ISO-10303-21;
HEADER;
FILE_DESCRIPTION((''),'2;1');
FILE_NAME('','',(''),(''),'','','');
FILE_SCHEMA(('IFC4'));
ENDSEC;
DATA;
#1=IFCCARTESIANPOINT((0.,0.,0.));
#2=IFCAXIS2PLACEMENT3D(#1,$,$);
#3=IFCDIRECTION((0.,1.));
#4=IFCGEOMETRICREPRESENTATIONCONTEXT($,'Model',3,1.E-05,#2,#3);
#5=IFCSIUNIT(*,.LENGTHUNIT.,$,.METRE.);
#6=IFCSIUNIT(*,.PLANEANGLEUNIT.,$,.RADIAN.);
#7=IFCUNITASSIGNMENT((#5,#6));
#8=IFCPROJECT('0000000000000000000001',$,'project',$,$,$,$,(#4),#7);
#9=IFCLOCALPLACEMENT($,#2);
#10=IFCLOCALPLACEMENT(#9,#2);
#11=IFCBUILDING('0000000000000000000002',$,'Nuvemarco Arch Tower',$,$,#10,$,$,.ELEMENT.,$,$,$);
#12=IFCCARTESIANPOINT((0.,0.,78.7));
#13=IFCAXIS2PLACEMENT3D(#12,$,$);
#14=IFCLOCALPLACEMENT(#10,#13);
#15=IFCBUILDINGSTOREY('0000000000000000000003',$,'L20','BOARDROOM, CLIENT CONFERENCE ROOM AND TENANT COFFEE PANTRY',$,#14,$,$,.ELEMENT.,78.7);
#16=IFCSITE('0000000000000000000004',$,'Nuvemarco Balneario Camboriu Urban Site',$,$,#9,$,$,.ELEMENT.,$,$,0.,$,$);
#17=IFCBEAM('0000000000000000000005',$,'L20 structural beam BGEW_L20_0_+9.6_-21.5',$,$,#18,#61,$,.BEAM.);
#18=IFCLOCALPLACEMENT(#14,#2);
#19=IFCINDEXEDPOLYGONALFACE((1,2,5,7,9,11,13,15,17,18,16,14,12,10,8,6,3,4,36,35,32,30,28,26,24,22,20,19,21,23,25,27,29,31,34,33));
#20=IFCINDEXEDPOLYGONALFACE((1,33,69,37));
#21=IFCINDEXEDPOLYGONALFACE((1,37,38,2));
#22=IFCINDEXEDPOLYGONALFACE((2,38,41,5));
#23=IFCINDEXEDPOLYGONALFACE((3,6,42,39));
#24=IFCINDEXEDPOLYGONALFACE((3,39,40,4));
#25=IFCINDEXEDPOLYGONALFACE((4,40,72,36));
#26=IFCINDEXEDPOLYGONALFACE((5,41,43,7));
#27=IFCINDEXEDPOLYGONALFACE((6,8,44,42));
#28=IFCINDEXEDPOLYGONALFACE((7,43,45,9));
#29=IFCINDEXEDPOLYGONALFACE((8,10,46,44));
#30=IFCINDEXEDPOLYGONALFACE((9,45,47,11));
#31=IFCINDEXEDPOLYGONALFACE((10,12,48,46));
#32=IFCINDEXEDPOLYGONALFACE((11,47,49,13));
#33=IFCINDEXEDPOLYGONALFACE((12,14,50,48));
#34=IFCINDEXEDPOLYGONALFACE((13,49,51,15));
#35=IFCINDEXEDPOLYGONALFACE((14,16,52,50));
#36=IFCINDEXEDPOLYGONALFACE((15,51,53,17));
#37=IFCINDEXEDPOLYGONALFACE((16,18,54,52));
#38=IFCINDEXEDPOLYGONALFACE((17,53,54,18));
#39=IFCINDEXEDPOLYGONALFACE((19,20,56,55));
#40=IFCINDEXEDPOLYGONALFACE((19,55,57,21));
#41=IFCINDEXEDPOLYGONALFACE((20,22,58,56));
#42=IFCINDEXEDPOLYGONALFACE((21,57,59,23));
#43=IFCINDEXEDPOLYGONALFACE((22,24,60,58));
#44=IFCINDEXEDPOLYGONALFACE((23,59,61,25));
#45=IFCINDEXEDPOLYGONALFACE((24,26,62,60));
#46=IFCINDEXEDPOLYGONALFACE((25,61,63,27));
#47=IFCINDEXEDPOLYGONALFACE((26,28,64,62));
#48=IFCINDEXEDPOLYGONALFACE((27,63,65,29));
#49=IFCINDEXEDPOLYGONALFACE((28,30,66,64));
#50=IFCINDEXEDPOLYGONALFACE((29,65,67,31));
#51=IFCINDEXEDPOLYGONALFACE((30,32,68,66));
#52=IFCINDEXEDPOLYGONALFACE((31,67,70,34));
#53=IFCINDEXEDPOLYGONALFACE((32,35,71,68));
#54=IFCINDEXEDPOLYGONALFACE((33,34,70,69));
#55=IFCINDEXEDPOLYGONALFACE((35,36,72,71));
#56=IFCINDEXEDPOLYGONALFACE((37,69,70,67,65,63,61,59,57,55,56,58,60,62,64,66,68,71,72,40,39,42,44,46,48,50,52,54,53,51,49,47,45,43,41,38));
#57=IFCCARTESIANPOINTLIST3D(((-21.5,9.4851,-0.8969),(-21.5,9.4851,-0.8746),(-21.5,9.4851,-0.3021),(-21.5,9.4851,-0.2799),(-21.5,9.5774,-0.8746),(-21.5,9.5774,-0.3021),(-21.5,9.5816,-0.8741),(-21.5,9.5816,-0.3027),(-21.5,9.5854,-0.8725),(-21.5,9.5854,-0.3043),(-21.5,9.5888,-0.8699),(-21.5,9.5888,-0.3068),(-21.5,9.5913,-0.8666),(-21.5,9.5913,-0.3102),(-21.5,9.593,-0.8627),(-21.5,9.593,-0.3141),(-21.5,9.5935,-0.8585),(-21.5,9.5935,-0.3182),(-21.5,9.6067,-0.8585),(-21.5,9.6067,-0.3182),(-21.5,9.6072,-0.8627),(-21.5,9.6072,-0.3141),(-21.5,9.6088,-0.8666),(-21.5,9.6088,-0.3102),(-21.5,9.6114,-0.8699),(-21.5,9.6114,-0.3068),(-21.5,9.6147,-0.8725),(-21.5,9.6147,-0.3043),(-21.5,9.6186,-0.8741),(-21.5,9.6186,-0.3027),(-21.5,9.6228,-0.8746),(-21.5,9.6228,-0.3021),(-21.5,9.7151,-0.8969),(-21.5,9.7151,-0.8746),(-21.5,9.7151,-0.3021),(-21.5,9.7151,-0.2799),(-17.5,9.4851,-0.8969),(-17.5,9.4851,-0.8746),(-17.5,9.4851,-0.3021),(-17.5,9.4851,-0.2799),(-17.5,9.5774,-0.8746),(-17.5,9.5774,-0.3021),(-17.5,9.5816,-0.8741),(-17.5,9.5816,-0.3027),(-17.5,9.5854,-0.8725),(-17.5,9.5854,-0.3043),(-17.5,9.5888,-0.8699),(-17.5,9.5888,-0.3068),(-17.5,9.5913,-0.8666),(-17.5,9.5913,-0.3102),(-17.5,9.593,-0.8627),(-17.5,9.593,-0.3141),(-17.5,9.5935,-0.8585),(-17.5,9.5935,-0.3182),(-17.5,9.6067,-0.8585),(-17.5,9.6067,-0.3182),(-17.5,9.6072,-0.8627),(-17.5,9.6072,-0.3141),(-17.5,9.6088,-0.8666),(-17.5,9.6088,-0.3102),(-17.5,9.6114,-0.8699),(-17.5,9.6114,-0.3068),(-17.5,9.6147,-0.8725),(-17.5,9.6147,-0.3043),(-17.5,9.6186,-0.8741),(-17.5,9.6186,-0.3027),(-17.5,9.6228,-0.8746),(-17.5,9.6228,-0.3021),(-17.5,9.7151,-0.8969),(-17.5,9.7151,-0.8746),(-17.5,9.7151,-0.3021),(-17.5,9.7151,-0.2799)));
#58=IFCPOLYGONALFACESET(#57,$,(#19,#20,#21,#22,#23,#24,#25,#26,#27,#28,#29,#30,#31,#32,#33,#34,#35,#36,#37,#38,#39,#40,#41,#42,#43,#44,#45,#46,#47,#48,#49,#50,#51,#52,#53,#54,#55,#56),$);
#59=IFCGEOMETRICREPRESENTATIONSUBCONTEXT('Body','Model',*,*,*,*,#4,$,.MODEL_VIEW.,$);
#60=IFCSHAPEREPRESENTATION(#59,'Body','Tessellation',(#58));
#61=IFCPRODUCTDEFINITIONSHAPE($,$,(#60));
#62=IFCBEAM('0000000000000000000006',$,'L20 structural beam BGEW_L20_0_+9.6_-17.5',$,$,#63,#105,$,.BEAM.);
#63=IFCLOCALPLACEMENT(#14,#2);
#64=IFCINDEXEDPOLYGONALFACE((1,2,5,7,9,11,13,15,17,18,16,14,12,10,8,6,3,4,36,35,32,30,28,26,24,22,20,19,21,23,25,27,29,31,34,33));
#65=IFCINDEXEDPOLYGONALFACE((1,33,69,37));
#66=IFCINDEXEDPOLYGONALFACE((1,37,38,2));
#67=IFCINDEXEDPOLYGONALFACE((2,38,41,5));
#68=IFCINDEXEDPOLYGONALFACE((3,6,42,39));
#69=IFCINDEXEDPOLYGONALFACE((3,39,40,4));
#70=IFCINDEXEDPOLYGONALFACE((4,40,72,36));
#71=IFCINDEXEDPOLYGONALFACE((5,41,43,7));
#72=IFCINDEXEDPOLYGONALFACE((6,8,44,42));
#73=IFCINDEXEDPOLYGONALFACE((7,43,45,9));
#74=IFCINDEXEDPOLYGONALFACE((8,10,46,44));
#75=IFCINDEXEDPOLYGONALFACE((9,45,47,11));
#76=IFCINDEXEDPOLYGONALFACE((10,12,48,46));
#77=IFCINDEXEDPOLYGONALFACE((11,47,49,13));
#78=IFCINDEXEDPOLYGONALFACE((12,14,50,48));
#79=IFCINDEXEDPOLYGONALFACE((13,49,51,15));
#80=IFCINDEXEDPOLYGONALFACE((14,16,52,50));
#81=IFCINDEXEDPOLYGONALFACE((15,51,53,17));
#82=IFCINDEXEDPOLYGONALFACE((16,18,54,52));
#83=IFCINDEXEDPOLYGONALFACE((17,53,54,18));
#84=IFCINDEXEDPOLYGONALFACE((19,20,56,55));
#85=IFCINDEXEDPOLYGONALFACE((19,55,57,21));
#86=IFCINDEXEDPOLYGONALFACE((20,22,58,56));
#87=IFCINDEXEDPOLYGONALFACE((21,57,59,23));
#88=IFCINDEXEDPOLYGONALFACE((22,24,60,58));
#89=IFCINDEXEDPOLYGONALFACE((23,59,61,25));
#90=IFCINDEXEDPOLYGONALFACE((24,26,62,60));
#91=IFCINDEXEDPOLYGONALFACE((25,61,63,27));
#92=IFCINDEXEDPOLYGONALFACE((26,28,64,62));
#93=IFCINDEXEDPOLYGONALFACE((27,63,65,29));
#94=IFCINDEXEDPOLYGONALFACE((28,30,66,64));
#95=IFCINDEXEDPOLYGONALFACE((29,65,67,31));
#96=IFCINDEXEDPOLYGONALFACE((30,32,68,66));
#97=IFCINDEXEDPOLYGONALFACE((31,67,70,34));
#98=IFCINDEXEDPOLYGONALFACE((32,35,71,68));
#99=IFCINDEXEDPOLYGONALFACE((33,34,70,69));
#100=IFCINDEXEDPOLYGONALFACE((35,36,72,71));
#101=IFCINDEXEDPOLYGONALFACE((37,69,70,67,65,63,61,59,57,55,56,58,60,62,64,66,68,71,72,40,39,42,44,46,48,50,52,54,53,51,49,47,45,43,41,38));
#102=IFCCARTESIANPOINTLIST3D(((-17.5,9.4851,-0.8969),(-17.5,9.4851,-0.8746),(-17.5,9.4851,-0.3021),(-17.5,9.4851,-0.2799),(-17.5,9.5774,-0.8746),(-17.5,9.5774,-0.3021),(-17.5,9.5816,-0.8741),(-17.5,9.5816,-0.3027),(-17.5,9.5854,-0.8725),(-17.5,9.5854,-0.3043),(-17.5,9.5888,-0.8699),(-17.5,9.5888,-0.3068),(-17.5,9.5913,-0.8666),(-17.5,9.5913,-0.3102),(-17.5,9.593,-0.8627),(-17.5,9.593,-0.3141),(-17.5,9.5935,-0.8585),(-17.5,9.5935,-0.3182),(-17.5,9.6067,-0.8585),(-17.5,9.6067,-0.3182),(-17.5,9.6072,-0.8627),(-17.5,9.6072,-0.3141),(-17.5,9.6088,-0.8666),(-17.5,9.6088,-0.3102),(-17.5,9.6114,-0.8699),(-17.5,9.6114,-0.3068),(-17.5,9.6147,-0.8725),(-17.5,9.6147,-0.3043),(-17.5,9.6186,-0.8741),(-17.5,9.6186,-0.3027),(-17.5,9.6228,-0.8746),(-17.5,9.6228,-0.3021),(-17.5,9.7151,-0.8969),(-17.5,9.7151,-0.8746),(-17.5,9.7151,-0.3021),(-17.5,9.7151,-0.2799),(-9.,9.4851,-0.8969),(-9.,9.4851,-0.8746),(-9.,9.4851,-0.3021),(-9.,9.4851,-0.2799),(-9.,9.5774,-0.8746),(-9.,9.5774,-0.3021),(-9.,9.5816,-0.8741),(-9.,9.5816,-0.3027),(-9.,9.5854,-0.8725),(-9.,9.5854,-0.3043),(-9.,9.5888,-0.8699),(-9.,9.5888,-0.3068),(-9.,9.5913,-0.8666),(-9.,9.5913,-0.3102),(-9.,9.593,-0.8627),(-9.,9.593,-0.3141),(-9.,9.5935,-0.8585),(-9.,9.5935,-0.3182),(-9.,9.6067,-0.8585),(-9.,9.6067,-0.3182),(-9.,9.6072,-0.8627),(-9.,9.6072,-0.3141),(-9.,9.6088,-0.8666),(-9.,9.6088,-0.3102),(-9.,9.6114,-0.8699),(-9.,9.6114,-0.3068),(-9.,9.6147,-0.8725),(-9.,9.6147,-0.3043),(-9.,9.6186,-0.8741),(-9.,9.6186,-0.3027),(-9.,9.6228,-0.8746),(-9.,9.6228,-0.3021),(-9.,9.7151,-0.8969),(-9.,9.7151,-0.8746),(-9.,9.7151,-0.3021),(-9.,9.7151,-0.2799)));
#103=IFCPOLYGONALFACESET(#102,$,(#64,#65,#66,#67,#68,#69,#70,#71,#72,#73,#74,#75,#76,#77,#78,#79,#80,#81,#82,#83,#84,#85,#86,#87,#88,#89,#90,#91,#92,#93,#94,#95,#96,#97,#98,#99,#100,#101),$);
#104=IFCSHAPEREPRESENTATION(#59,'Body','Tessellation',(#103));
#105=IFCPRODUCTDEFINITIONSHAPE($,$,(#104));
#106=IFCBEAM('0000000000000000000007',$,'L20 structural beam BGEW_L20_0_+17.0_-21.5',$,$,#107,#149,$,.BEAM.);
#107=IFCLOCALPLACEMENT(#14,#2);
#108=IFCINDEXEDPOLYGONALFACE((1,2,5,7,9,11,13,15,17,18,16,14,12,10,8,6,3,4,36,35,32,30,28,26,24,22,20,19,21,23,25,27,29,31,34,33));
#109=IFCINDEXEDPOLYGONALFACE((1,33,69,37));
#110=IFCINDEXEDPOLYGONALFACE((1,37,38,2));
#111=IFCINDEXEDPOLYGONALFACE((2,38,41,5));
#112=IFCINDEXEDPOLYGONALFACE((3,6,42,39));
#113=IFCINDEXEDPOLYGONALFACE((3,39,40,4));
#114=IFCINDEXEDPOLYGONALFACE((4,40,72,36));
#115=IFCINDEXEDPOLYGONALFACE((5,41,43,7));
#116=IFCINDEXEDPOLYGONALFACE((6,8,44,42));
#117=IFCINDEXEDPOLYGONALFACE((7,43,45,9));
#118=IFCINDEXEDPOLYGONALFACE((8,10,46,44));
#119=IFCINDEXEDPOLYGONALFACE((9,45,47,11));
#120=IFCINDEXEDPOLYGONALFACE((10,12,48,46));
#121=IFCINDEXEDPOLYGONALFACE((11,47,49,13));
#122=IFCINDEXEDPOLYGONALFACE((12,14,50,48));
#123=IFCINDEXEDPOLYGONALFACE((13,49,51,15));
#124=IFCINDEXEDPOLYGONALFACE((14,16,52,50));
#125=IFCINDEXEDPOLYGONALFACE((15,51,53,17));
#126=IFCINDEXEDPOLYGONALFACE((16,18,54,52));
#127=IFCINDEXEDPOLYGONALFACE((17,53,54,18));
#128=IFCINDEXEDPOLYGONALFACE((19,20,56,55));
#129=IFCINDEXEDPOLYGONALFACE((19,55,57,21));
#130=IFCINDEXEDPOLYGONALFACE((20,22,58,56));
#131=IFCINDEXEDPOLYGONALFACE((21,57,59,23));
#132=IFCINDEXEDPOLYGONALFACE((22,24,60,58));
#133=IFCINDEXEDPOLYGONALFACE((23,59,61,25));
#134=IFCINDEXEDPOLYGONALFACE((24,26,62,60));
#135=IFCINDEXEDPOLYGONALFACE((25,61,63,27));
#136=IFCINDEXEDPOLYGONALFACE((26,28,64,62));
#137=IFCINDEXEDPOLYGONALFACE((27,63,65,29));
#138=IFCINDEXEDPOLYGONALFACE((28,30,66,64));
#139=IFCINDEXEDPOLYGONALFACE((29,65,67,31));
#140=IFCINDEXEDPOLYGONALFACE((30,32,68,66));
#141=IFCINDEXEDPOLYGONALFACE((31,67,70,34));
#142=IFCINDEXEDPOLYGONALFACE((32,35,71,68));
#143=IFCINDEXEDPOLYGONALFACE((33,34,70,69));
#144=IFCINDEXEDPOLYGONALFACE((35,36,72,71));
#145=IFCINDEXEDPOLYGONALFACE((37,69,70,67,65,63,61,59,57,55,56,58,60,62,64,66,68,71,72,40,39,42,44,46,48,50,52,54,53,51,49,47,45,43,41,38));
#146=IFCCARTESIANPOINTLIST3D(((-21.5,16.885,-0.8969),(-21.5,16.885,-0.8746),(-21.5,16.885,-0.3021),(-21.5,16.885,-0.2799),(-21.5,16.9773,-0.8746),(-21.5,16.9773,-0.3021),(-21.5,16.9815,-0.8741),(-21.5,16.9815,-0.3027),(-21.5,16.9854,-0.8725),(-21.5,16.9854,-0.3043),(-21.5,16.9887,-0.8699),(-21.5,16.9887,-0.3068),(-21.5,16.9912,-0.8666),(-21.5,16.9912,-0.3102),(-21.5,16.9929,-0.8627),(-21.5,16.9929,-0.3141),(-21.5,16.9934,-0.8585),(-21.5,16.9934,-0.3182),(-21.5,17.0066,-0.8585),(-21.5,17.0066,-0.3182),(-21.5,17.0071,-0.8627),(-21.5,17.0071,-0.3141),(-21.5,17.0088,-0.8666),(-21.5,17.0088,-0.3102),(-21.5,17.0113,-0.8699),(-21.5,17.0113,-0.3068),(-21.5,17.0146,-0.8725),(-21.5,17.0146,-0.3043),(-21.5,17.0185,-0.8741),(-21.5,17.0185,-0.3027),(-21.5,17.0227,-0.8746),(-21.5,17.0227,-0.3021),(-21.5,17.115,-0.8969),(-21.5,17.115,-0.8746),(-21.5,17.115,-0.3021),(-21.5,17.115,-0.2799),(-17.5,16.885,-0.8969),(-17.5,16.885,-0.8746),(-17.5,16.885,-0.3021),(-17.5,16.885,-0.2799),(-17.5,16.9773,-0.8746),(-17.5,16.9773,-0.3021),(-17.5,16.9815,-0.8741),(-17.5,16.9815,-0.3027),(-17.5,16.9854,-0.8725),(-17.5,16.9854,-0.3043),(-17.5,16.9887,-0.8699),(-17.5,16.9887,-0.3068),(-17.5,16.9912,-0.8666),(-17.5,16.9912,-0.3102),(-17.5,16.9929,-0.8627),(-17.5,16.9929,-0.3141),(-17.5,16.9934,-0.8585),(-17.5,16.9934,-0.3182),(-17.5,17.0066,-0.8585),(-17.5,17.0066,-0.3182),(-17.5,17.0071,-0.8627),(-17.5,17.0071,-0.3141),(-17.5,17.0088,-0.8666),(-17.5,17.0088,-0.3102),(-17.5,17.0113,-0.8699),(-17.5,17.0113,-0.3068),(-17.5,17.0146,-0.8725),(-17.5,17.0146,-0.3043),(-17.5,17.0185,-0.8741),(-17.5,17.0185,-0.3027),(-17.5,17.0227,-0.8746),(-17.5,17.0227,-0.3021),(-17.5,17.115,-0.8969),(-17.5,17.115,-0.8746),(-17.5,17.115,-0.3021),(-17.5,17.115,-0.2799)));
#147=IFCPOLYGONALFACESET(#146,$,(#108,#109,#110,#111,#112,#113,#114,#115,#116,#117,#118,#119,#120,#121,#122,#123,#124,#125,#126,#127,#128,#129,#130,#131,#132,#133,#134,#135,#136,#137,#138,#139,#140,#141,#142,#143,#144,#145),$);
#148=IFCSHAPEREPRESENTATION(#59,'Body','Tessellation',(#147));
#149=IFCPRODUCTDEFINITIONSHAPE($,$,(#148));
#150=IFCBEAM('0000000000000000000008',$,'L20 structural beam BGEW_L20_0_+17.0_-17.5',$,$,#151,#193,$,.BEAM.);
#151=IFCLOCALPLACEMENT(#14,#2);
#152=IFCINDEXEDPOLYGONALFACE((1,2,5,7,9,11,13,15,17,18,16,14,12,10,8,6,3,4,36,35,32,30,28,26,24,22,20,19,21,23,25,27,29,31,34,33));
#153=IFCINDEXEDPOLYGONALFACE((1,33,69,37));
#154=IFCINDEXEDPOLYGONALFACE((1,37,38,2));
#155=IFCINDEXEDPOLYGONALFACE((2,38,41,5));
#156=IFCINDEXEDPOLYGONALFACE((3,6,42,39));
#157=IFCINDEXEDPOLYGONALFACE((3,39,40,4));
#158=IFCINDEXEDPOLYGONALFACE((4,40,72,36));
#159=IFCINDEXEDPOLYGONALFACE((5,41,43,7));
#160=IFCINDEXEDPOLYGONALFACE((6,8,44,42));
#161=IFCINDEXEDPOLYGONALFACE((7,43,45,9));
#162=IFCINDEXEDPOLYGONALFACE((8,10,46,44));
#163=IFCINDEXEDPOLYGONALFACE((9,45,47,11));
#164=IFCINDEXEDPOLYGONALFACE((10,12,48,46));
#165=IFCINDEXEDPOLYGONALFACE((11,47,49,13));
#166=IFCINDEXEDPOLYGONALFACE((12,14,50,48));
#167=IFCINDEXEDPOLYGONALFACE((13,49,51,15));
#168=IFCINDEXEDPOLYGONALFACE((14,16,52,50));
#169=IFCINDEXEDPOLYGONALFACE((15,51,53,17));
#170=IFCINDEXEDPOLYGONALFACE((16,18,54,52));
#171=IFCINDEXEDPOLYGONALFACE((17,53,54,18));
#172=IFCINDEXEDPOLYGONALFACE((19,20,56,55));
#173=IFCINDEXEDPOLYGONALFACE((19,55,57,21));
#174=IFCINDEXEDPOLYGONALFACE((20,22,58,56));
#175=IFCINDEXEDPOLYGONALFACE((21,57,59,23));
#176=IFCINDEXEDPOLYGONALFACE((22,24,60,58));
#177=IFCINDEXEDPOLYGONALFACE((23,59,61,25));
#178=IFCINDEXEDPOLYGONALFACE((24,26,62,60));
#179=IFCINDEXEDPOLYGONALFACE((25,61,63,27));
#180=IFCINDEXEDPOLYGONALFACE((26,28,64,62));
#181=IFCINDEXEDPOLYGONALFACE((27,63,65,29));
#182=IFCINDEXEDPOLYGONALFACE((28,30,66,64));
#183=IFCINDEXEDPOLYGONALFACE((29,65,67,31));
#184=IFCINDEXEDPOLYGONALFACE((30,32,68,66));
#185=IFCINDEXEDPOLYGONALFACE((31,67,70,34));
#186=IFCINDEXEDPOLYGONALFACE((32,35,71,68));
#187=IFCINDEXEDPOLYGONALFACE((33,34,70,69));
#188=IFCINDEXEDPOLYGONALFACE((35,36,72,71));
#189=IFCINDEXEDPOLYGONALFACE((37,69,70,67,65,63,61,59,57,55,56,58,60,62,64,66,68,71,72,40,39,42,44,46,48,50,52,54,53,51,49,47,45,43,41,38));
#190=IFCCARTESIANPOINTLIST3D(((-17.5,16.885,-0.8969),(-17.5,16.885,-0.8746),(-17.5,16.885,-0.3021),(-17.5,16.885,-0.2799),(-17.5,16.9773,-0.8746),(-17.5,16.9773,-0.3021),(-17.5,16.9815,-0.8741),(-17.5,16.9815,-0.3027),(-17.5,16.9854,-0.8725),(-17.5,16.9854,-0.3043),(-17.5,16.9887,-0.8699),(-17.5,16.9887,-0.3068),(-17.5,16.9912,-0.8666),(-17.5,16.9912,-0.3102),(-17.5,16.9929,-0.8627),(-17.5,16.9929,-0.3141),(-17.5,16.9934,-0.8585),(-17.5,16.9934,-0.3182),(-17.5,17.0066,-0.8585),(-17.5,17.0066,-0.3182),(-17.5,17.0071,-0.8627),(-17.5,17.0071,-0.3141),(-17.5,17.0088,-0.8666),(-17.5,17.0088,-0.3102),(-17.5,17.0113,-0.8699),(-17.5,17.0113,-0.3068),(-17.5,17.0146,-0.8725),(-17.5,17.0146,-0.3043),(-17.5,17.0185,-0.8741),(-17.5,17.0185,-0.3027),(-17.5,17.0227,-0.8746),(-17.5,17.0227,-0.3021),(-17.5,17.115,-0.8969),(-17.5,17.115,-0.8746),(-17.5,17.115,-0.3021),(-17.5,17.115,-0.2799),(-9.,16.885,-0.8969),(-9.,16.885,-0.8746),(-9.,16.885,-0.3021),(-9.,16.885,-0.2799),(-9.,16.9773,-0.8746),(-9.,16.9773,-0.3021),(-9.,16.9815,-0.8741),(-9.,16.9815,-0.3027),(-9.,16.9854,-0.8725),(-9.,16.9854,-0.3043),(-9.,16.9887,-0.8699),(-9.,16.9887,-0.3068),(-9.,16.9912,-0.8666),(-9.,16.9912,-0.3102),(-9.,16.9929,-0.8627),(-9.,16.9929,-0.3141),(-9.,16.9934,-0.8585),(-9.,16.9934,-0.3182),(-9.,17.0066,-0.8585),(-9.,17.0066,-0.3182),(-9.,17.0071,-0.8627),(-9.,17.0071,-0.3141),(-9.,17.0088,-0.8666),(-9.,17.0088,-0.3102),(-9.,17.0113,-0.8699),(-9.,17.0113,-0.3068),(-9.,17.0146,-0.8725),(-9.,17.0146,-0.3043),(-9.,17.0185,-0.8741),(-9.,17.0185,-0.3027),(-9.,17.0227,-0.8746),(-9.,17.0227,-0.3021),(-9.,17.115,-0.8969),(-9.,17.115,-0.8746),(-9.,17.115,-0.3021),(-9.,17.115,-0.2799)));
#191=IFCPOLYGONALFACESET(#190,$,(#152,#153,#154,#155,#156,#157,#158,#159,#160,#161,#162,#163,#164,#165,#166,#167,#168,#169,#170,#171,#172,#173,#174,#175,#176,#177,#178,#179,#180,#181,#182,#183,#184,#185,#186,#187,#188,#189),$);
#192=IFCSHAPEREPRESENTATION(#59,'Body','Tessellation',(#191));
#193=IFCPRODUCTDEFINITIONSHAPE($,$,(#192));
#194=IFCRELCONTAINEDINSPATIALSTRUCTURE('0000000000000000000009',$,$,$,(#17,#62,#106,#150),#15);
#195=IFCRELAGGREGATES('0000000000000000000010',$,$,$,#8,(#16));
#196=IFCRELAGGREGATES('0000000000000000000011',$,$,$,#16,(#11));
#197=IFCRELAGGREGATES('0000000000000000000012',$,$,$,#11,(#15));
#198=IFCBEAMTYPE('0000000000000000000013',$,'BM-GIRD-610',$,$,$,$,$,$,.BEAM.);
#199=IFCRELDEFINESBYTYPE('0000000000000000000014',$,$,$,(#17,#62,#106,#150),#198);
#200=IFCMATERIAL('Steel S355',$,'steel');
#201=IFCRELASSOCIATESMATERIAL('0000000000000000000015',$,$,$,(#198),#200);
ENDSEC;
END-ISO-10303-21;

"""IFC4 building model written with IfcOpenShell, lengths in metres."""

from ifc_helpers import new_model, si_unit, direction, frame, origin, origin_2d, place, context, subcontext, project, spatial, i_section, extrude, material, material_profile, profile_set, type_object, element, save


model = new_model("IFC4")

# Units and contexts
model_context = context("Model", 3, precision=1e-05, world=origin(), true_north=direction((0.0, 1.0)))
body_context = subcontext(model_context, "Body", "Model", "MODEL_VIEW")
ifc_project = project(units=[si_unit("LENGTHUNIT", "METRE"), si_unit("PLANEANGLEUNIT", "RADIAN")], contexts=[model_context])

# Site, building, storey
site_placement = place(None, origin())
site = spatial("IfcSite", under=ifc_project, at=site_placement, Name="Nuvemarco Balneario Camboriu Urban Site", CompositionType="ELEMENT", RefElevation=0.0)
building_placement = place(site_placement, origin())
building = spatial("IfcBuilding", under=site, at=building_placement, Name="Nuvemarco Arch Tower", CompositionType="ELEMENT")
storey_placement = place(building_placement, frame((0.0, 0.0, 78.7)))
storey = spatial("IfcBuildingStorey", under=building, at=storey_placement, Name="L20", Description="BOARDROOM, CLIENT CONFERENCE ROOM AND TENANT COFFEE PANTRY", CompositionType="ELEMENT", Elevation=78.7)

# Shared definitions
ifc_material_1 = material(Name="Steel S355", Category="steel")

# Beams
ifc_material_profile_1 = material_profile(ifc_material_1, i_section(OverallWidth=0.23, OverallDepth=0.6169, WebThickness=0.0132, FlangeThickness=0.0222, FilletRadius=0.0161, at=origin_2d()), Name="W610x140")
ifc_profile_set_1 = profile_set([ifc_material_profile_1], Name="Steel S355")
beam_type_1 = type_object("IfcBeamType", Name="BM-GIRD-610", PredefinedType="BEAM", material=ifc_profile_set_1)
beam_1_placement = place(storey_placement, frame((-21.5, 9.6001, -0.5884), z_axis=(1.0, 0.0, 0.0), x_axis=(0.0, 1.0, 0.0)))
element("IfcBeam", 1, at=beam_1_placement, inside=storey, type_object=beam_type_1, Name="L20 structural beam BGEW_L20_0_+9.6_-21.5", PredefinedType="BEAM", context=body_context, shape_type="SweptSolid", body=[
    extrude(i_section(OverallWidth=0.23, OverallDepth=0.6169, WebThickness=0.0132, FlangeThickness=0.0222, FilletRadius=0.0161, at=origin_2d()), origin(), (0.0, 0.0, 1.0), 4.0),
])
beam_2_placement = place(storey_placement, frame((-17.5, 9.6001, -0.5884), z_axis=(1.0, 0.0, 0.0), x_axis=(0.0, 1.0, 0.0)))
element("IfcBeam", 2, at=beam_2_placement, inside=storey, type_object=beam_type_1, Name="L20 structural beam BGEW_L20_0_+9.6_-17.5", PredefinedType="BEAM", context=body_context, shape_type="SweptSolid", body=[
    extrude(i_section(OverallWidth=0.23, OverallDepth=0.6169, WebThickness=0.0132, FlangeThickness=0.0222, FilletRadius=0.0161, at=origin_2d()), origin(), (0.0, 0.0, 1.0), 8.5),
])
beam_3_placement = place(storey_placement, frame((-21.5, 17.0, -0.5884), z_axis=(1.0, 0.0, 0.0), x_axis=(0.0, 1.0, 0.0)))
element("IfcBeam", 3, at=beam_3_placement, inside=storey, type_object=beam_type_1, Name="L20 structural beam BGEW_L20_0_+17.0_-21.5", PredefinedType="BEAM", context=body_context, shape_type="SweptSolid", body=[
    extrude(i_section(OverallWidth=0.23, OverallDepth=0.6169, WebThickness=0.0132, FlangeThickness=0.0222, FilletRadius=0.0161, at=origin_2d()), origin(), (0.0, 0.0, 1.0), 4.0),
])
beam_4_placement = place(storey_placement, frame((-17.5, 17.0, -0.5884), z_axis=(1.0, 0.0, 0.0), x_axis=(0.0, 1.0, 0.0)))
element("IfcBeam", 4, at=beam_4_placement, inside=storey, type_object=beam_type_1, Name="L20 structural beam BGEW_L20_0_+17.0_-17.5", PredefinedType="BEAM", context=body_context, shape_type="SweptSolid", body=[
    extrude(i_section(OverallWidth=0.23, OverallDepth=0.6169, WebThickness=0.0132, FlangeThickness=0.0222, FilletRadius=0.0161, at=origin_2d()), origin(), (0.0, 0.0, 1.0), 8.5),
])

save(model, "model.ifc")
